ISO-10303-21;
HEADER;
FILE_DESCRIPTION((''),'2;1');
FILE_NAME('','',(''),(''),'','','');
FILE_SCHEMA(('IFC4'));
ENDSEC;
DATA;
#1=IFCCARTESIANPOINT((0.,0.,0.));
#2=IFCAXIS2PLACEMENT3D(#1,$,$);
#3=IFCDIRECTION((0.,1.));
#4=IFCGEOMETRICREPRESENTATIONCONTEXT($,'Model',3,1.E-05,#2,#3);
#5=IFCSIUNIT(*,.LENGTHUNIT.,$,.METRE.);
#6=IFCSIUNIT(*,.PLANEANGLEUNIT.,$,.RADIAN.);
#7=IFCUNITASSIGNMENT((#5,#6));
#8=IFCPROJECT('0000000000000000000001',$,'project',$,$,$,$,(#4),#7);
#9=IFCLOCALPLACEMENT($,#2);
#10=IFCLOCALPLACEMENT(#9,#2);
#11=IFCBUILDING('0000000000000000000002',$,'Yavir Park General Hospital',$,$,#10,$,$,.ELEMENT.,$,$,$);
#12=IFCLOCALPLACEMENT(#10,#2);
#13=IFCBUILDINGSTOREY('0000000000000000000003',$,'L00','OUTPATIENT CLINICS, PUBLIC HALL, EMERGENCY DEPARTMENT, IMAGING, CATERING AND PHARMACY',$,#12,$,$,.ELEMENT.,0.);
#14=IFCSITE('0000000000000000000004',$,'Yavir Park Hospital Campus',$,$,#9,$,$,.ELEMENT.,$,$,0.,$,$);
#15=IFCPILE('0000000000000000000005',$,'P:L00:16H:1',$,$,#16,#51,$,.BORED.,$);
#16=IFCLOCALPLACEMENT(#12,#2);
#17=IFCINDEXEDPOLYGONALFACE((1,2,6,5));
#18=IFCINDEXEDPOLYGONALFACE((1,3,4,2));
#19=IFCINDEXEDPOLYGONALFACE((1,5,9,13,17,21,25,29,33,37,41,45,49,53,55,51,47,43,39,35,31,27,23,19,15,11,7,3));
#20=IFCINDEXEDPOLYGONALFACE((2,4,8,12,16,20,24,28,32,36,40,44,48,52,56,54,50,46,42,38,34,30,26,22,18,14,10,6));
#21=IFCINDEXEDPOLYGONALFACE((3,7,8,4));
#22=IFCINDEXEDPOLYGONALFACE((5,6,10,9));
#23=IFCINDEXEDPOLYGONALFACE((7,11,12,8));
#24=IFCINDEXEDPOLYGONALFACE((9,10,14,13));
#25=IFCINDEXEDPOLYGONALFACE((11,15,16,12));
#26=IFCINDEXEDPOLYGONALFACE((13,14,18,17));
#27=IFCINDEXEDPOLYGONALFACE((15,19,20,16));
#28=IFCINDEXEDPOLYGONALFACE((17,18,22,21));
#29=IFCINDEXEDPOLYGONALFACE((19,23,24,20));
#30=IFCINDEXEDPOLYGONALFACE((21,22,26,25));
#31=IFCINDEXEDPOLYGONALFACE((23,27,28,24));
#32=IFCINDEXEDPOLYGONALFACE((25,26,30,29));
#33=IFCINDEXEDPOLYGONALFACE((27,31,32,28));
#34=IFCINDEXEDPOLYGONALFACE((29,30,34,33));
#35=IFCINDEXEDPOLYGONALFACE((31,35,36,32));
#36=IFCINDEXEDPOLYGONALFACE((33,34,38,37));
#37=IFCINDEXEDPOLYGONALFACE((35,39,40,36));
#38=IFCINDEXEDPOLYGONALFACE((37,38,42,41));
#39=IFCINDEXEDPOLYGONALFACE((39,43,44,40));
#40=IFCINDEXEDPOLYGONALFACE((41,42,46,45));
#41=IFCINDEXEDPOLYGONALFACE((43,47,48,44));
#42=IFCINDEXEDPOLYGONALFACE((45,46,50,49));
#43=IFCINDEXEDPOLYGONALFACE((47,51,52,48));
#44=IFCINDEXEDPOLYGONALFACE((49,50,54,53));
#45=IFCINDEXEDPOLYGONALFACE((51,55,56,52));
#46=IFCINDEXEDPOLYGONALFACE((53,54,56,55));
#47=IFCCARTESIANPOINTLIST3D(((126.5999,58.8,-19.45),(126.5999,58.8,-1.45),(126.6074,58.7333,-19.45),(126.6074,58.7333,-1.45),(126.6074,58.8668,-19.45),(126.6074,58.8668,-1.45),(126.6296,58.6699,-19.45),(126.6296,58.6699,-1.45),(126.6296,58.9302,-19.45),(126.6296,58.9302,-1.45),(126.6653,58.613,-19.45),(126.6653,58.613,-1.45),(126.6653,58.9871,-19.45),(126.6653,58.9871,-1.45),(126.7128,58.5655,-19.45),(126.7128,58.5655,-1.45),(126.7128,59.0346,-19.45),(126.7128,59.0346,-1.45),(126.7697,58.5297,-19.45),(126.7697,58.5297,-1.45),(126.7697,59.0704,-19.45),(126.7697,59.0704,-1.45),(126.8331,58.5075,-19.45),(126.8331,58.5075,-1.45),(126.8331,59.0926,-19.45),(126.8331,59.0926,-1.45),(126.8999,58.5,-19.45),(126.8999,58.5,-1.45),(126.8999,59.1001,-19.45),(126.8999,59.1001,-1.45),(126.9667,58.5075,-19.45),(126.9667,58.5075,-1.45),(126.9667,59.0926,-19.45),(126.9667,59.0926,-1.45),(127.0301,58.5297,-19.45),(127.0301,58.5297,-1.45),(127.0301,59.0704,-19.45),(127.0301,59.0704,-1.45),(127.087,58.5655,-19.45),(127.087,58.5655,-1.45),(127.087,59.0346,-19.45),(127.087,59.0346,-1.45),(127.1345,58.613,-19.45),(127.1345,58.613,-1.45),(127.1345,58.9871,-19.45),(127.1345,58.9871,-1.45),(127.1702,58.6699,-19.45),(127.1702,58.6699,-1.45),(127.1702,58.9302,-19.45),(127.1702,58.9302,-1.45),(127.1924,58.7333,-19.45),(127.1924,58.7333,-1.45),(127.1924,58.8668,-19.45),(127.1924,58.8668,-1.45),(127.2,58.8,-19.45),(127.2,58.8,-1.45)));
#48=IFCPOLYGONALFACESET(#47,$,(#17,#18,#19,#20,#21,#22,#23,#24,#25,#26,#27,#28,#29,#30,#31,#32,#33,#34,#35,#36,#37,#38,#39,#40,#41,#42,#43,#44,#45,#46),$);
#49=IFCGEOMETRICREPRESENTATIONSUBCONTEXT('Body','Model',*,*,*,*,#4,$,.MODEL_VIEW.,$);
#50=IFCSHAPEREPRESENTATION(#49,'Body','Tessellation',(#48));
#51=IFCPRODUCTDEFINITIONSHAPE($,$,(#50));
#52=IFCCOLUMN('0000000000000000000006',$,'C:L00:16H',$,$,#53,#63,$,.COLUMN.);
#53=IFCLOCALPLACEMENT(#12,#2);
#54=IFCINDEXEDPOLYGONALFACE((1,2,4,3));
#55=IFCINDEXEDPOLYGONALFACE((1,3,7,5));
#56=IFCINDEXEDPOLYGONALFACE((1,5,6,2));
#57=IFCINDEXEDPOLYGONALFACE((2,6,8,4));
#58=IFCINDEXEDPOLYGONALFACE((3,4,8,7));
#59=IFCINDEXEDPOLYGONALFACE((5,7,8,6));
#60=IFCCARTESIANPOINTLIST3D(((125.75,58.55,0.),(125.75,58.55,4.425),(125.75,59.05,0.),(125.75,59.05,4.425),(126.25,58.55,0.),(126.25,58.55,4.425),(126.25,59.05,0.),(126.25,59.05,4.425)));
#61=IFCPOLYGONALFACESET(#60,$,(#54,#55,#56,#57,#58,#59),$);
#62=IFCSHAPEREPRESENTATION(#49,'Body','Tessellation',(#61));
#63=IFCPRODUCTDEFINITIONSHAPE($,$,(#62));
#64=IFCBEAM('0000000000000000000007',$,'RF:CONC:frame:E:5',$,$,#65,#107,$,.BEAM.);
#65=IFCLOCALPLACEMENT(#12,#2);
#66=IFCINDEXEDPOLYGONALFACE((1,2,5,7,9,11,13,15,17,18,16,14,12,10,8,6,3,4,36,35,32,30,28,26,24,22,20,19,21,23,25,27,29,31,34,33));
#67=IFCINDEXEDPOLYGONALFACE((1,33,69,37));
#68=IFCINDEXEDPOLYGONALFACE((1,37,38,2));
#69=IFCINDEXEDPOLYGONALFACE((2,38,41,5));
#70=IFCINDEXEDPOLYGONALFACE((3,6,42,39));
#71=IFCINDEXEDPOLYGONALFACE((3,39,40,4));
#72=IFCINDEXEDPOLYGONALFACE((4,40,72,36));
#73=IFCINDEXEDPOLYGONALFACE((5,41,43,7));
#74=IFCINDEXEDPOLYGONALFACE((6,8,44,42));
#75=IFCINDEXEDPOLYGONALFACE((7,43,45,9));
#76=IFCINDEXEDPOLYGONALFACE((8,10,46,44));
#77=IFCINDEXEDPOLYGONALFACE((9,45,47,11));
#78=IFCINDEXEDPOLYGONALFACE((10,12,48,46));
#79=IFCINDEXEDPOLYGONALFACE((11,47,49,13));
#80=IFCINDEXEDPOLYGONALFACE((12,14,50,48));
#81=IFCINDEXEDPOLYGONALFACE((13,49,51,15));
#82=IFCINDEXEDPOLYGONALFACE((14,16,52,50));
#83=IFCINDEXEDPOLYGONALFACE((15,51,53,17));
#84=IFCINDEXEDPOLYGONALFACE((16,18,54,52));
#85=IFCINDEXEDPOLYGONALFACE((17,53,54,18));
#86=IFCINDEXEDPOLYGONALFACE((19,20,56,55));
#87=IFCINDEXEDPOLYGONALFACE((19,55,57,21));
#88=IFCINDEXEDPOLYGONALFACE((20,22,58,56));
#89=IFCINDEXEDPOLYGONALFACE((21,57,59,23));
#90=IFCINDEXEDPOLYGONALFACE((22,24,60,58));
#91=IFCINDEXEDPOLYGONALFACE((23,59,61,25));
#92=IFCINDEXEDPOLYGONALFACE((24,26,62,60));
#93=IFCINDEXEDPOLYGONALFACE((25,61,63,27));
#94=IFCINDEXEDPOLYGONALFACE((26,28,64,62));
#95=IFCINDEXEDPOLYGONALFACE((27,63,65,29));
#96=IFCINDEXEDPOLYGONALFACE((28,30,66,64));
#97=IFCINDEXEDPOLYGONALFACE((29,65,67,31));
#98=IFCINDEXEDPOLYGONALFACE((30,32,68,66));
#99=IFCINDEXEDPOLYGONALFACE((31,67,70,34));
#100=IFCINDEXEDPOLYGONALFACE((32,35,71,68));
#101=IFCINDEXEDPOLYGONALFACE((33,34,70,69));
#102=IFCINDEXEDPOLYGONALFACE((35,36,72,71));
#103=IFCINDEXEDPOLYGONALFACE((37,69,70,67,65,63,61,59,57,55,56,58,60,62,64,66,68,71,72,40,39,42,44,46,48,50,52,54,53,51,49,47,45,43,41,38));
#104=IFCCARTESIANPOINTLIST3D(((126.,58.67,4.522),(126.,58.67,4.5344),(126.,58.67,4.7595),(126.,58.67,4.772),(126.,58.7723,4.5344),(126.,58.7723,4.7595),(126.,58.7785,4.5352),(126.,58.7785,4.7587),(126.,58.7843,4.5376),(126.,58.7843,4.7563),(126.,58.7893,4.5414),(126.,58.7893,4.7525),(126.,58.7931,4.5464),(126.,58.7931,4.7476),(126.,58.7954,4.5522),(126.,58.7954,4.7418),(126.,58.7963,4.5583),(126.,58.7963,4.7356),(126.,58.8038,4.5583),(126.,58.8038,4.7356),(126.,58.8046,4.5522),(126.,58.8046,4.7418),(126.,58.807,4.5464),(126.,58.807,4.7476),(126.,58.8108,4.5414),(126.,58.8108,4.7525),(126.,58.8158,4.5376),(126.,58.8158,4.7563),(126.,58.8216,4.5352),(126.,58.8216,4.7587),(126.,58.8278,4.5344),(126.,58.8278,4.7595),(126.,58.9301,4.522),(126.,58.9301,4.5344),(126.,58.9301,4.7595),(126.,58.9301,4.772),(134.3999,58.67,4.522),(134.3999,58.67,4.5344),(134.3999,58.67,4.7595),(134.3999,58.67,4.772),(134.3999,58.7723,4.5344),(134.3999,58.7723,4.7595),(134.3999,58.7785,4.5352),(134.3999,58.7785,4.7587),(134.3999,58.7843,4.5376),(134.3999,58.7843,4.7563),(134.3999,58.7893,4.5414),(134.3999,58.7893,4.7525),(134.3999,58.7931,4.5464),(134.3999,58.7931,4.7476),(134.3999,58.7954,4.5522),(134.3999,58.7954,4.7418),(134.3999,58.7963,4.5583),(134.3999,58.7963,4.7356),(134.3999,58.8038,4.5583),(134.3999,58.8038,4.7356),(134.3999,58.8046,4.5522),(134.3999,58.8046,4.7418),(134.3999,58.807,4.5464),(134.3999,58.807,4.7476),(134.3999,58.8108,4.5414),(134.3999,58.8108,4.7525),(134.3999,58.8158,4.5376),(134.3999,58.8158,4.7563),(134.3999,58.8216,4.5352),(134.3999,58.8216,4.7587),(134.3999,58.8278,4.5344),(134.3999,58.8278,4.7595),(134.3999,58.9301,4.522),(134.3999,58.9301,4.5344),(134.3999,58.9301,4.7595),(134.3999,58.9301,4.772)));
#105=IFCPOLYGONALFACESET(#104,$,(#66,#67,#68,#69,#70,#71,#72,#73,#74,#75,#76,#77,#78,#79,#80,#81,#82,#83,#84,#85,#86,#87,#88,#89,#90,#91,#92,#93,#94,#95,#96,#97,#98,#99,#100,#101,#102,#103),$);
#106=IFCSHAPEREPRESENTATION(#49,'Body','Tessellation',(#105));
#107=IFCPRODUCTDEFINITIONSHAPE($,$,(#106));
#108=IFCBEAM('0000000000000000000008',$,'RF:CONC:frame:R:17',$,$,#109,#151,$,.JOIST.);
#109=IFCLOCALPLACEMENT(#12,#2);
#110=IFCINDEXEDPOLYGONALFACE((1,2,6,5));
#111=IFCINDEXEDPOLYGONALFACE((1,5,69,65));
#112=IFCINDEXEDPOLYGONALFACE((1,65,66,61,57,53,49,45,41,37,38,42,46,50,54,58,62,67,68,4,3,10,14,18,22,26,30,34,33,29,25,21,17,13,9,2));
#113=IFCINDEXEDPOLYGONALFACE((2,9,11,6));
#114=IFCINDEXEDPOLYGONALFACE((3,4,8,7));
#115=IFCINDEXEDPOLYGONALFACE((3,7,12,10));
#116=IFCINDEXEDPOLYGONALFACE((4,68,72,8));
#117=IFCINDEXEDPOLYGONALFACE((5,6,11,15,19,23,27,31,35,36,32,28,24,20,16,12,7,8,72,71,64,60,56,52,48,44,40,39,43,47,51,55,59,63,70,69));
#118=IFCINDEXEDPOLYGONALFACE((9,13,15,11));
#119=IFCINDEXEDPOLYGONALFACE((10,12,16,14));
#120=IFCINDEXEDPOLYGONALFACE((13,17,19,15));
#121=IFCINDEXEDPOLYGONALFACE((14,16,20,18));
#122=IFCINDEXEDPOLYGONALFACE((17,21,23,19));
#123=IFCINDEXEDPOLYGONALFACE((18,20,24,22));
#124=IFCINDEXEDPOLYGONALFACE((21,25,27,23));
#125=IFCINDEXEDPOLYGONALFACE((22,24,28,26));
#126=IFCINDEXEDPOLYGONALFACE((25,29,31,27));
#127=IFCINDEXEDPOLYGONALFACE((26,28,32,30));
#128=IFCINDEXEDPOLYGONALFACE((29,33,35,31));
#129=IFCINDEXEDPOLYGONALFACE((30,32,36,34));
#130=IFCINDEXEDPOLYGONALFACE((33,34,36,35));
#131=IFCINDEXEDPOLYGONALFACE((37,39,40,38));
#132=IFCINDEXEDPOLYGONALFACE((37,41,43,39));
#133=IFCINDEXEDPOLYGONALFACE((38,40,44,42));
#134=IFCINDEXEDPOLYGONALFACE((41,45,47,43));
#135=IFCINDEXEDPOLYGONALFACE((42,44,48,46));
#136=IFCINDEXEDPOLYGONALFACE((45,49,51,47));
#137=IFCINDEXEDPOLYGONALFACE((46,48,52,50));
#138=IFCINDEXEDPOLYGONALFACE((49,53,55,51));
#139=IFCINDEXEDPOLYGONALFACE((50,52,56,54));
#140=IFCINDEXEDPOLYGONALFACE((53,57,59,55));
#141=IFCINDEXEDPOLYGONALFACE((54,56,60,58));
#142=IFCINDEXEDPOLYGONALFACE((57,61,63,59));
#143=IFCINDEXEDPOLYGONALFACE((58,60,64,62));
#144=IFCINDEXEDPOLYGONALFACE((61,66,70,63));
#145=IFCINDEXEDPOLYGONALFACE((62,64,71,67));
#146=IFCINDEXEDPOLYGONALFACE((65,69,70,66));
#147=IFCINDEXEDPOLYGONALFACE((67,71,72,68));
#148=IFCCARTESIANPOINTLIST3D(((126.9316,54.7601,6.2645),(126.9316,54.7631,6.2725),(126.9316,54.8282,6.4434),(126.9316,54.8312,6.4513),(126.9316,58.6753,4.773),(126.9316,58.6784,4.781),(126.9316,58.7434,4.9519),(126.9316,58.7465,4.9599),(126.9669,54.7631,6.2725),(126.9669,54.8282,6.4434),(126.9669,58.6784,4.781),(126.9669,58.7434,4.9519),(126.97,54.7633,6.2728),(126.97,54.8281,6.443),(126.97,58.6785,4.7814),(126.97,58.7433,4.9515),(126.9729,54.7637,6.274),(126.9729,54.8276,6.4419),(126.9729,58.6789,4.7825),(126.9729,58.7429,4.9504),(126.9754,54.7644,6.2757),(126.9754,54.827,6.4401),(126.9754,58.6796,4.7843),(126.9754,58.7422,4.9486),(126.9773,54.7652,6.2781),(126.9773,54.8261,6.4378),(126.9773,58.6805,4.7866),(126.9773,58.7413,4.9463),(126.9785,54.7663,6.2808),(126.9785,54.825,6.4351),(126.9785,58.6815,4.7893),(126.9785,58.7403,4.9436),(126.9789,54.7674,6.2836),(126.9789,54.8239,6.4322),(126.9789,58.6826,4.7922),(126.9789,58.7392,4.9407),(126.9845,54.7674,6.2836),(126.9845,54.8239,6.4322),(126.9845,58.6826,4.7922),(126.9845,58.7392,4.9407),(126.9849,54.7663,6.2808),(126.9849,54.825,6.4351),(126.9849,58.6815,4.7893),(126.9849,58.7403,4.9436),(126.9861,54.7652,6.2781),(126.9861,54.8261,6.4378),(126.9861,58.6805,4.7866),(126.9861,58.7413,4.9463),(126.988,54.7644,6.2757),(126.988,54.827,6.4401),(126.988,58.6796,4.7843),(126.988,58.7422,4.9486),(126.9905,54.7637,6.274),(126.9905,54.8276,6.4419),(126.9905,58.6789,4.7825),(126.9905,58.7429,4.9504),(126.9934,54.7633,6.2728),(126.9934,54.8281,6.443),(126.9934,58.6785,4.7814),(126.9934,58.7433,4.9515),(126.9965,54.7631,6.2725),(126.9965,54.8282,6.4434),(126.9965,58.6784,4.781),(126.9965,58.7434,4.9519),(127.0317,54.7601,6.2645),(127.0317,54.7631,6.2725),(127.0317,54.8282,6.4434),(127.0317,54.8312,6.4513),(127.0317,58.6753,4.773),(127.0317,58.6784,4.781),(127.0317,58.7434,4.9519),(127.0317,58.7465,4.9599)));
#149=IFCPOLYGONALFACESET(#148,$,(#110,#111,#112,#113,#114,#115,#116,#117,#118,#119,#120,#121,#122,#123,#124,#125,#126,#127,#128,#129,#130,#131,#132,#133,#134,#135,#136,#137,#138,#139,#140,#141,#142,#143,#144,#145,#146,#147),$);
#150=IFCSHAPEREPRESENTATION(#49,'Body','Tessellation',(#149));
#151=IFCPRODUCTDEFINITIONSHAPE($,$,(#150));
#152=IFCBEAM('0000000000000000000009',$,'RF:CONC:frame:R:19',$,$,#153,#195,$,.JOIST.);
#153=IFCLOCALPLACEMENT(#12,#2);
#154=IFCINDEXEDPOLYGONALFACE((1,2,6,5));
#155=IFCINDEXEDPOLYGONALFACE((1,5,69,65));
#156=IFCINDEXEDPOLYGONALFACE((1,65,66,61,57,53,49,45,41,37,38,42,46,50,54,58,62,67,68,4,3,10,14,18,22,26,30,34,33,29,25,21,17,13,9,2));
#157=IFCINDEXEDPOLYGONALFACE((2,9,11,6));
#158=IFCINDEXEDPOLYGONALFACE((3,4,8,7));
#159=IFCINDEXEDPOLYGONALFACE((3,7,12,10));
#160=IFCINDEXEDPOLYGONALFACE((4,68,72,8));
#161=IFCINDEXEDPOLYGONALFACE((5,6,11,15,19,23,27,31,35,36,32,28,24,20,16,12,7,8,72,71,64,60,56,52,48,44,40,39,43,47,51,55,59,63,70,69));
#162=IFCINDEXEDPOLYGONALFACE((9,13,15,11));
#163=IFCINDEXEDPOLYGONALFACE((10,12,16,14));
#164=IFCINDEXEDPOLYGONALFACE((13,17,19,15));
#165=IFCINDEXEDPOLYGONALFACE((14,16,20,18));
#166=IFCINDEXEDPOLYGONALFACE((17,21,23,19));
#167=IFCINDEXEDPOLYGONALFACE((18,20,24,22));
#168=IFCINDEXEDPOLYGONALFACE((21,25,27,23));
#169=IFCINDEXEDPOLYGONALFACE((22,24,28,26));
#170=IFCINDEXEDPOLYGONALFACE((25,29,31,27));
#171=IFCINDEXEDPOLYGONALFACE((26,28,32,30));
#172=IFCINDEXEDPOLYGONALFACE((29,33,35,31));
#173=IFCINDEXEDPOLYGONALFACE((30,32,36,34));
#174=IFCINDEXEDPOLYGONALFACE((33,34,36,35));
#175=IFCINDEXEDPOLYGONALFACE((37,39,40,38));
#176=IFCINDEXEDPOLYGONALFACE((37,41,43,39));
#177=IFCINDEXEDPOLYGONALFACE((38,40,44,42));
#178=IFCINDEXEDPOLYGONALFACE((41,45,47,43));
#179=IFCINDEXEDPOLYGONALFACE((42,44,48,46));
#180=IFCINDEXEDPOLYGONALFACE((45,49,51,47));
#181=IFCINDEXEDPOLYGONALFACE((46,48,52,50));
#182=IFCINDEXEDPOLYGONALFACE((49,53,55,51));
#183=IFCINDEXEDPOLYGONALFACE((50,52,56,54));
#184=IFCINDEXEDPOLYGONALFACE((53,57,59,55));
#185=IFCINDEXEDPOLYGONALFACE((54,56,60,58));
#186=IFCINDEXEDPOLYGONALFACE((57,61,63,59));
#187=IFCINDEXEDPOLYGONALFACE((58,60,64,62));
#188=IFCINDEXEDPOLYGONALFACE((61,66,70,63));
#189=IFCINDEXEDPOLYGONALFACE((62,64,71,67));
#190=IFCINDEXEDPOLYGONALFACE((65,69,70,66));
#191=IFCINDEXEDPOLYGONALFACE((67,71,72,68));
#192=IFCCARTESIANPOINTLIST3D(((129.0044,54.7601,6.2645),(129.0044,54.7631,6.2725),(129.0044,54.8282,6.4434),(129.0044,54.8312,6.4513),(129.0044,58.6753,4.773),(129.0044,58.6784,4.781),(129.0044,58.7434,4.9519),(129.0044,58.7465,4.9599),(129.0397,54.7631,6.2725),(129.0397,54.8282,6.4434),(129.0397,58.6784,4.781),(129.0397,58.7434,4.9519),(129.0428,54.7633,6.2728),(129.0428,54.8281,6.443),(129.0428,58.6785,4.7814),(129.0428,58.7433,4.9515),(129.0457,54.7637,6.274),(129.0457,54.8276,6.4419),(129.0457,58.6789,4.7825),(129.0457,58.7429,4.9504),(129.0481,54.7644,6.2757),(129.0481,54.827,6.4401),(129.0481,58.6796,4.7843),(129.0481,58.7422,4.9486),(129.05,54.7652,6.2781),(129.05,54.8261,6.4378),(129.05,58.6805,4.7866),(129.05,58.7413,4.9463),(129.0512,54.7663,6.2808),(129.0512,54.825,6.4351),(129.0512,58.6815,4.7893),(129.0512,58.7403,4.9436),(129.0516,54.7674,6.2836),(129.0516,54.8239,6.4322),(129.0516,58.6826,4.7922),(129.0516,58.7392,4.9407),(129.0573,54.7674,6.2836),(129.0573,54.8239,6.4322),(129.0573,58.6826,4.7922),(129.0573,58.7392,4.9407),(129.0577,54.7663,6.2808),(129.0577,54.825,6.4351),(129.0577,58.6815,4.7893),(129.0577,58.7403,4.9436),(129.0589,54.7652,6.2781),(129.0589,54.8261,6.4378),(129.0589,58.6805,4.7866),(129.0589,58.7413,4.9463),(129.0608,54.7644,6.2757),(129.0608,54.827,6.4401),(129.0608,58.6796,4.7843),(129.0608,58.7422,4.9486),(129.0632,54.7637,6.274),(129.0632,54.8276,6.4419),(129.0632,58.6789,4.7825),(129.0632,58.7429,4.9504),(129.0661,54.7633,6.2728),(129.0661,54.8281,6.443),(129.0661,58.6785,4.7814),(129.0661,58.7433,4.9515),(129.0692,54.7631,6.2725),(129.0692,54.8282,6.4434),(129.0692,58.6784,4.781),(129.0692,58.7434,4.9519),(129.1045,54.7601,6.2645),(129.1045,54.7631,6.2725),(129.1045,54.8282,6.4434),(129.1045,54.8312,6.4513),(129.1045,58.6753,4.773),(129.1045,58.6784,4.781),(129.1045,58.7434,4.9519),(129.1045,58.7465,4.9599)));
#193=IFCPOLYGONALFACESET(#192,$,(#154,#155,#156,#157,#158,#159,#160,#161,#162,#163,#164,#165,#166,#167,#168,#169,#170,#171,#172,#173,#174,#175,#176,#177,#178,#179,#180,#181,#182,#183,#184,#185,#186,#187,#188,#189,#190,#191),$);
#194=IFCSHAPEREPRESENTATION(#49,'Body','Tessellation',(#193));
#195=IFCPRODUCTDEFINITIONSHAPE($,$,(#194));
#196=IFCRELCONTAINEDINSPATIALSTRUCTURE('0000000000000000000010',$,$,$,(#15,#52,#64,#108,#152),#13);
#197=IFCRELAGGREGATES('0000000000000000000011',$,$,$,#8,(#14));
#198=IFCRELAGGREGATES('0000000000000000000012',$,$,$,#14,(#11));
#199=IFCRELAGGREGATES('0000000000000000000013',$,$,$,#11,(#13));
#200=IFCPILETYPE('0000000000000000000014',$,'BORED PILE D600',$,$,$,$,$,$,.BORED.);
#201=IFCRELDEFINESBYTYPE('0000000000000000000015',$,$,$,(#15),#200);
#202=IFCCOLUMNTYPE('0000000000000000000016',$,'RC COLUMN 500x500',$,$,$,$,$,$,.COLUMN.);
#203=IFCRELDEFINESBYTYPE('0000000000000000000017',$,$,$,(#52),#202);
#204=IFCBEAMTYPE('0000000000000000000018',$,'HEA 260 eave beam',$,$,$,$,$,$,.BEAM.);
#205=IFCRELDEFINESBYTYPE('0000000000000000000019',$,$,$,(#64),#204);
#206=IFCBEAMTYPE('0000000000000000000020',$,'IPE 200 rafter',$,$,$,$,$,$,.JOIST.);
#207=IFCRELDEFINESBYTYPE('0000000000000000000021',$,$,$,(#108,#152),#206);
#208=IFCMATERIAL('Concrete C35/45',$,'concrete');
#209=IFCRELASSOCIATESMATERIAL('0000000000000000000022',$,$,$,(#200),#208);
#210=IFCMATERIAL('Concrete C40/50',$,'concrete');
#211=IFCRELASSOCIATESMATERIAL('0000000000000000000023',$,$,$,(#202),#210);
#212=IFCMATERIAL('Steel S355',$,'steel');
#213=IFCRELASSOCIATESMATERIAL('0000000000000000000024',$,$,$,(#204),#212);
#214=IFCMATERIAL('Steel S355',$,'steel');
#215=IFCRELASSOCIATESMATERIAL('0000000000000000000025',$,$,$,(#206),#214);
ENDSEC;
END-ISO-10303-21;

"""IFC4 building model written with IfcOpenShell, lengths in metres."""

from ifc_helpers import new_model, si_unit, direction, frame, origin, origin_2d, place, context, subcontext, project, spatial, rectangle, circle, i_section, extrude, material, material_profile, profile_set, type_object, element, save


model = new_model("IFC4")

# Units and contexts
model_context = context("Model", 3, precision=1e-05, world=origin(), true_north=direction((0.0, 1.0)))
body_context = subcontext(model_context, "Body", "Model", "MODEL_VIEW")
ifc_project = project(units=[si_unit("LENGTHUNIT", "METRE"), si_unit("PLANEANGLEUNIT", "RADIAN")], contexts=[model_context])

# Site, building, storey
site_placement = place(None, origin())
site = spatial("IfcSite", under=ifc_project, at=site_placement, Name="Yavir Park Hospital Campus", CompositionType="ELEMENT", RefElevation=0.0)
building_placement = place(site_placement, origin())
building = spatial("IfcBuilding", under=site, at=building_placement, Name="Yavir Park General Hospital", CompositionType="ELEMENT")
storey_placement = place(building_placement, origin())
storey = spatial("IfcBuildingStorey", under=building, at=storey_placement, Name="L00", Description="OUTPATIENT CLINICS, PUBLIC HALL, EMERGENCY DEPARTMENT, IMAGING, CATERING AND PHARMACY", CompositionType="ELEMENT", Elevation=0.0)

# Pile
ifc_material_1 = material(Name="Concrete C35/45", Category="concrete")
ifc_material_profile_1 = material_profile(ifc_material_1, circle(Radius=0.3, at=origin_2d()), Name="D600")
ifc_profile_set_1 = profile_set([ifc_material_profile_1], Name="Concrete C35/45")
pile_type = type_object("IfcPileType", Name="BORED PILE D600", PredefinedType="BORED", material=ifc_profile_set_1)
pile_placement = place(storey_placement, frame((126.8999, 58.8, -1.45), z_axis=(0.0, 0.0, -1.0), x_axis=(1.0, 0.0, 0.0)))
element("IfcPile", 1, at=pile_placement, inside=storey, type_object=pile_type, Name="P:L00:16H:1", PredefinedType="BORED", context=body_context, shape_type="SweptSolid", body=[
    extrude(circle(Radius=0.3, at=origin_2d()), origin(), (0.0, 0.0, 1.0), 18.0),
])

# Column
ifc_material_2 = material(Name="Concrete C40/50", Category="concrete")
ifc_material_profile_2 = material_profile(ifc_material_2, rectangle(XDim=0.5, YDim=0.5, at=origin_2d()), Name="RC500x500")
ifc_profile_set_2 = profile_set([ifc_material_profile_2], Name="Concrete C40/50")
column_type = type_object("IfcColumnType", Name="RC COLUMN 500x500", PredefinedType="COLUMN", material=ifc_profile_set_2)
column_placement = place(storey_placement, frame((126.0, 58.8, 0.0), z_axis=(0.0, 0.0, 1.0), x_axis=(1.0, 0.0, 0.0)))
element("IfcColumn", 2, at=column_placement, inside=storey, type_object=column_type, Name="C:L00:16H", PredefinedType="COLUMN", context=body_context, shape_type="SweptSolid", body=[
    extrude(rectangle(XDim=0.5, YDim=0.5, at=origin_2d()), origin(), (0.0, 0.0, 1.0), 4.425),
])

# Beams
ifc_material_3 = material(Name="Steel S355", Category="steel")
ifc_material_profile_3 = material_profile(ifc_material_3, i_section(OverallWidth=0.26, OverallDepth=0.25, WebThickness=0.0076, FlangeThickness=0.0125, FilletRadius=0.0239, at=origin_2d()), Name="HEA260")
ifc_profile_set_3 = profile_set([ifc_material_profile_3], Name="Steel S355")
beam_type_1 = type_object("IfcBeamType", Name="HEA 260 eave beam", PredefinedType="BEAM", material=ifc_profile_set_3)
beam_1_placement = place(storey_placement, frame((126.0, 58.8, 4.647), z_axis=(1.0, 0.0, 0.0), x_axis=(0.0, 1.0, 0.0)))
element("IfcBeam", 3, at=beam_1_placement, inside=storey, type_object=beam_type_1, Name="RF:CONC:frame:E:5", PredefinedType="BEAM", context=body_context, shape_type="SweptSolid", body=[
    extrude(i_section(OverallWidth=0.26, OverallDepth=0.25, WebThickness=0.0076, FlangeThickness=0.0125, FilletRadius=0.0239, at=origin_2d()), origin(), (0.0, 0.0, 1.0), 8.3999),
])
ifc_material_4 = material(Name="Steel S355", Category="steel")
ifc_material_profile_4 = material_profile(ifc_material_4, i_section(OverallWidth=0.1001, OverallDepth=0.2, WebThickness=0.0056, FlangeThickness=0.0085, FilletRadius=0.012, at=origin_2d()), Name="IPE200")
ifc_profile_set_4 = profile_set([ifc_material_profile_4], Name="Steel S355")
beam_type_2 = type_object("IfcBeamType", Name="IPE 200 rafter", PredefinedType="JOIST", material=ifc_profile_set_4)
for number, where, z_axis, x_axis, name in (
    (4, (126.9817, 54.7957, 6.3579), (0.0, 0.934494, -0.355978), (-1.0, 0.0, 0.0), "RF:CONC:frame:R:17"),
    (5, (129.0544, 54.7957, 6.3579), (0.0, 0.934494, -0.355978), (-1.0, 0.0, 0.0), "RF:CONC:frame:R:19"),
):
    element("IfcBeam", number, at=place(storey_placement, frame(where, z_axis=z_axis, x_axis=x_axis)), inside=storey, type_object=beam_type_2, Name=name, PredefinedType="JOIST", context=body_context, shape_type="SweptSolid", body=[
        extrude(i_section(OverallWidth=0.1001, OverallDepth=0.2, WebThickness=0.0056, FlangeThickness=0.0085, FilletRadius=0.012, at=origin_2d()), origin(), (0.0, 0.0, 1.0), 4.1897),
    ])

save(model, "model.ifc")
